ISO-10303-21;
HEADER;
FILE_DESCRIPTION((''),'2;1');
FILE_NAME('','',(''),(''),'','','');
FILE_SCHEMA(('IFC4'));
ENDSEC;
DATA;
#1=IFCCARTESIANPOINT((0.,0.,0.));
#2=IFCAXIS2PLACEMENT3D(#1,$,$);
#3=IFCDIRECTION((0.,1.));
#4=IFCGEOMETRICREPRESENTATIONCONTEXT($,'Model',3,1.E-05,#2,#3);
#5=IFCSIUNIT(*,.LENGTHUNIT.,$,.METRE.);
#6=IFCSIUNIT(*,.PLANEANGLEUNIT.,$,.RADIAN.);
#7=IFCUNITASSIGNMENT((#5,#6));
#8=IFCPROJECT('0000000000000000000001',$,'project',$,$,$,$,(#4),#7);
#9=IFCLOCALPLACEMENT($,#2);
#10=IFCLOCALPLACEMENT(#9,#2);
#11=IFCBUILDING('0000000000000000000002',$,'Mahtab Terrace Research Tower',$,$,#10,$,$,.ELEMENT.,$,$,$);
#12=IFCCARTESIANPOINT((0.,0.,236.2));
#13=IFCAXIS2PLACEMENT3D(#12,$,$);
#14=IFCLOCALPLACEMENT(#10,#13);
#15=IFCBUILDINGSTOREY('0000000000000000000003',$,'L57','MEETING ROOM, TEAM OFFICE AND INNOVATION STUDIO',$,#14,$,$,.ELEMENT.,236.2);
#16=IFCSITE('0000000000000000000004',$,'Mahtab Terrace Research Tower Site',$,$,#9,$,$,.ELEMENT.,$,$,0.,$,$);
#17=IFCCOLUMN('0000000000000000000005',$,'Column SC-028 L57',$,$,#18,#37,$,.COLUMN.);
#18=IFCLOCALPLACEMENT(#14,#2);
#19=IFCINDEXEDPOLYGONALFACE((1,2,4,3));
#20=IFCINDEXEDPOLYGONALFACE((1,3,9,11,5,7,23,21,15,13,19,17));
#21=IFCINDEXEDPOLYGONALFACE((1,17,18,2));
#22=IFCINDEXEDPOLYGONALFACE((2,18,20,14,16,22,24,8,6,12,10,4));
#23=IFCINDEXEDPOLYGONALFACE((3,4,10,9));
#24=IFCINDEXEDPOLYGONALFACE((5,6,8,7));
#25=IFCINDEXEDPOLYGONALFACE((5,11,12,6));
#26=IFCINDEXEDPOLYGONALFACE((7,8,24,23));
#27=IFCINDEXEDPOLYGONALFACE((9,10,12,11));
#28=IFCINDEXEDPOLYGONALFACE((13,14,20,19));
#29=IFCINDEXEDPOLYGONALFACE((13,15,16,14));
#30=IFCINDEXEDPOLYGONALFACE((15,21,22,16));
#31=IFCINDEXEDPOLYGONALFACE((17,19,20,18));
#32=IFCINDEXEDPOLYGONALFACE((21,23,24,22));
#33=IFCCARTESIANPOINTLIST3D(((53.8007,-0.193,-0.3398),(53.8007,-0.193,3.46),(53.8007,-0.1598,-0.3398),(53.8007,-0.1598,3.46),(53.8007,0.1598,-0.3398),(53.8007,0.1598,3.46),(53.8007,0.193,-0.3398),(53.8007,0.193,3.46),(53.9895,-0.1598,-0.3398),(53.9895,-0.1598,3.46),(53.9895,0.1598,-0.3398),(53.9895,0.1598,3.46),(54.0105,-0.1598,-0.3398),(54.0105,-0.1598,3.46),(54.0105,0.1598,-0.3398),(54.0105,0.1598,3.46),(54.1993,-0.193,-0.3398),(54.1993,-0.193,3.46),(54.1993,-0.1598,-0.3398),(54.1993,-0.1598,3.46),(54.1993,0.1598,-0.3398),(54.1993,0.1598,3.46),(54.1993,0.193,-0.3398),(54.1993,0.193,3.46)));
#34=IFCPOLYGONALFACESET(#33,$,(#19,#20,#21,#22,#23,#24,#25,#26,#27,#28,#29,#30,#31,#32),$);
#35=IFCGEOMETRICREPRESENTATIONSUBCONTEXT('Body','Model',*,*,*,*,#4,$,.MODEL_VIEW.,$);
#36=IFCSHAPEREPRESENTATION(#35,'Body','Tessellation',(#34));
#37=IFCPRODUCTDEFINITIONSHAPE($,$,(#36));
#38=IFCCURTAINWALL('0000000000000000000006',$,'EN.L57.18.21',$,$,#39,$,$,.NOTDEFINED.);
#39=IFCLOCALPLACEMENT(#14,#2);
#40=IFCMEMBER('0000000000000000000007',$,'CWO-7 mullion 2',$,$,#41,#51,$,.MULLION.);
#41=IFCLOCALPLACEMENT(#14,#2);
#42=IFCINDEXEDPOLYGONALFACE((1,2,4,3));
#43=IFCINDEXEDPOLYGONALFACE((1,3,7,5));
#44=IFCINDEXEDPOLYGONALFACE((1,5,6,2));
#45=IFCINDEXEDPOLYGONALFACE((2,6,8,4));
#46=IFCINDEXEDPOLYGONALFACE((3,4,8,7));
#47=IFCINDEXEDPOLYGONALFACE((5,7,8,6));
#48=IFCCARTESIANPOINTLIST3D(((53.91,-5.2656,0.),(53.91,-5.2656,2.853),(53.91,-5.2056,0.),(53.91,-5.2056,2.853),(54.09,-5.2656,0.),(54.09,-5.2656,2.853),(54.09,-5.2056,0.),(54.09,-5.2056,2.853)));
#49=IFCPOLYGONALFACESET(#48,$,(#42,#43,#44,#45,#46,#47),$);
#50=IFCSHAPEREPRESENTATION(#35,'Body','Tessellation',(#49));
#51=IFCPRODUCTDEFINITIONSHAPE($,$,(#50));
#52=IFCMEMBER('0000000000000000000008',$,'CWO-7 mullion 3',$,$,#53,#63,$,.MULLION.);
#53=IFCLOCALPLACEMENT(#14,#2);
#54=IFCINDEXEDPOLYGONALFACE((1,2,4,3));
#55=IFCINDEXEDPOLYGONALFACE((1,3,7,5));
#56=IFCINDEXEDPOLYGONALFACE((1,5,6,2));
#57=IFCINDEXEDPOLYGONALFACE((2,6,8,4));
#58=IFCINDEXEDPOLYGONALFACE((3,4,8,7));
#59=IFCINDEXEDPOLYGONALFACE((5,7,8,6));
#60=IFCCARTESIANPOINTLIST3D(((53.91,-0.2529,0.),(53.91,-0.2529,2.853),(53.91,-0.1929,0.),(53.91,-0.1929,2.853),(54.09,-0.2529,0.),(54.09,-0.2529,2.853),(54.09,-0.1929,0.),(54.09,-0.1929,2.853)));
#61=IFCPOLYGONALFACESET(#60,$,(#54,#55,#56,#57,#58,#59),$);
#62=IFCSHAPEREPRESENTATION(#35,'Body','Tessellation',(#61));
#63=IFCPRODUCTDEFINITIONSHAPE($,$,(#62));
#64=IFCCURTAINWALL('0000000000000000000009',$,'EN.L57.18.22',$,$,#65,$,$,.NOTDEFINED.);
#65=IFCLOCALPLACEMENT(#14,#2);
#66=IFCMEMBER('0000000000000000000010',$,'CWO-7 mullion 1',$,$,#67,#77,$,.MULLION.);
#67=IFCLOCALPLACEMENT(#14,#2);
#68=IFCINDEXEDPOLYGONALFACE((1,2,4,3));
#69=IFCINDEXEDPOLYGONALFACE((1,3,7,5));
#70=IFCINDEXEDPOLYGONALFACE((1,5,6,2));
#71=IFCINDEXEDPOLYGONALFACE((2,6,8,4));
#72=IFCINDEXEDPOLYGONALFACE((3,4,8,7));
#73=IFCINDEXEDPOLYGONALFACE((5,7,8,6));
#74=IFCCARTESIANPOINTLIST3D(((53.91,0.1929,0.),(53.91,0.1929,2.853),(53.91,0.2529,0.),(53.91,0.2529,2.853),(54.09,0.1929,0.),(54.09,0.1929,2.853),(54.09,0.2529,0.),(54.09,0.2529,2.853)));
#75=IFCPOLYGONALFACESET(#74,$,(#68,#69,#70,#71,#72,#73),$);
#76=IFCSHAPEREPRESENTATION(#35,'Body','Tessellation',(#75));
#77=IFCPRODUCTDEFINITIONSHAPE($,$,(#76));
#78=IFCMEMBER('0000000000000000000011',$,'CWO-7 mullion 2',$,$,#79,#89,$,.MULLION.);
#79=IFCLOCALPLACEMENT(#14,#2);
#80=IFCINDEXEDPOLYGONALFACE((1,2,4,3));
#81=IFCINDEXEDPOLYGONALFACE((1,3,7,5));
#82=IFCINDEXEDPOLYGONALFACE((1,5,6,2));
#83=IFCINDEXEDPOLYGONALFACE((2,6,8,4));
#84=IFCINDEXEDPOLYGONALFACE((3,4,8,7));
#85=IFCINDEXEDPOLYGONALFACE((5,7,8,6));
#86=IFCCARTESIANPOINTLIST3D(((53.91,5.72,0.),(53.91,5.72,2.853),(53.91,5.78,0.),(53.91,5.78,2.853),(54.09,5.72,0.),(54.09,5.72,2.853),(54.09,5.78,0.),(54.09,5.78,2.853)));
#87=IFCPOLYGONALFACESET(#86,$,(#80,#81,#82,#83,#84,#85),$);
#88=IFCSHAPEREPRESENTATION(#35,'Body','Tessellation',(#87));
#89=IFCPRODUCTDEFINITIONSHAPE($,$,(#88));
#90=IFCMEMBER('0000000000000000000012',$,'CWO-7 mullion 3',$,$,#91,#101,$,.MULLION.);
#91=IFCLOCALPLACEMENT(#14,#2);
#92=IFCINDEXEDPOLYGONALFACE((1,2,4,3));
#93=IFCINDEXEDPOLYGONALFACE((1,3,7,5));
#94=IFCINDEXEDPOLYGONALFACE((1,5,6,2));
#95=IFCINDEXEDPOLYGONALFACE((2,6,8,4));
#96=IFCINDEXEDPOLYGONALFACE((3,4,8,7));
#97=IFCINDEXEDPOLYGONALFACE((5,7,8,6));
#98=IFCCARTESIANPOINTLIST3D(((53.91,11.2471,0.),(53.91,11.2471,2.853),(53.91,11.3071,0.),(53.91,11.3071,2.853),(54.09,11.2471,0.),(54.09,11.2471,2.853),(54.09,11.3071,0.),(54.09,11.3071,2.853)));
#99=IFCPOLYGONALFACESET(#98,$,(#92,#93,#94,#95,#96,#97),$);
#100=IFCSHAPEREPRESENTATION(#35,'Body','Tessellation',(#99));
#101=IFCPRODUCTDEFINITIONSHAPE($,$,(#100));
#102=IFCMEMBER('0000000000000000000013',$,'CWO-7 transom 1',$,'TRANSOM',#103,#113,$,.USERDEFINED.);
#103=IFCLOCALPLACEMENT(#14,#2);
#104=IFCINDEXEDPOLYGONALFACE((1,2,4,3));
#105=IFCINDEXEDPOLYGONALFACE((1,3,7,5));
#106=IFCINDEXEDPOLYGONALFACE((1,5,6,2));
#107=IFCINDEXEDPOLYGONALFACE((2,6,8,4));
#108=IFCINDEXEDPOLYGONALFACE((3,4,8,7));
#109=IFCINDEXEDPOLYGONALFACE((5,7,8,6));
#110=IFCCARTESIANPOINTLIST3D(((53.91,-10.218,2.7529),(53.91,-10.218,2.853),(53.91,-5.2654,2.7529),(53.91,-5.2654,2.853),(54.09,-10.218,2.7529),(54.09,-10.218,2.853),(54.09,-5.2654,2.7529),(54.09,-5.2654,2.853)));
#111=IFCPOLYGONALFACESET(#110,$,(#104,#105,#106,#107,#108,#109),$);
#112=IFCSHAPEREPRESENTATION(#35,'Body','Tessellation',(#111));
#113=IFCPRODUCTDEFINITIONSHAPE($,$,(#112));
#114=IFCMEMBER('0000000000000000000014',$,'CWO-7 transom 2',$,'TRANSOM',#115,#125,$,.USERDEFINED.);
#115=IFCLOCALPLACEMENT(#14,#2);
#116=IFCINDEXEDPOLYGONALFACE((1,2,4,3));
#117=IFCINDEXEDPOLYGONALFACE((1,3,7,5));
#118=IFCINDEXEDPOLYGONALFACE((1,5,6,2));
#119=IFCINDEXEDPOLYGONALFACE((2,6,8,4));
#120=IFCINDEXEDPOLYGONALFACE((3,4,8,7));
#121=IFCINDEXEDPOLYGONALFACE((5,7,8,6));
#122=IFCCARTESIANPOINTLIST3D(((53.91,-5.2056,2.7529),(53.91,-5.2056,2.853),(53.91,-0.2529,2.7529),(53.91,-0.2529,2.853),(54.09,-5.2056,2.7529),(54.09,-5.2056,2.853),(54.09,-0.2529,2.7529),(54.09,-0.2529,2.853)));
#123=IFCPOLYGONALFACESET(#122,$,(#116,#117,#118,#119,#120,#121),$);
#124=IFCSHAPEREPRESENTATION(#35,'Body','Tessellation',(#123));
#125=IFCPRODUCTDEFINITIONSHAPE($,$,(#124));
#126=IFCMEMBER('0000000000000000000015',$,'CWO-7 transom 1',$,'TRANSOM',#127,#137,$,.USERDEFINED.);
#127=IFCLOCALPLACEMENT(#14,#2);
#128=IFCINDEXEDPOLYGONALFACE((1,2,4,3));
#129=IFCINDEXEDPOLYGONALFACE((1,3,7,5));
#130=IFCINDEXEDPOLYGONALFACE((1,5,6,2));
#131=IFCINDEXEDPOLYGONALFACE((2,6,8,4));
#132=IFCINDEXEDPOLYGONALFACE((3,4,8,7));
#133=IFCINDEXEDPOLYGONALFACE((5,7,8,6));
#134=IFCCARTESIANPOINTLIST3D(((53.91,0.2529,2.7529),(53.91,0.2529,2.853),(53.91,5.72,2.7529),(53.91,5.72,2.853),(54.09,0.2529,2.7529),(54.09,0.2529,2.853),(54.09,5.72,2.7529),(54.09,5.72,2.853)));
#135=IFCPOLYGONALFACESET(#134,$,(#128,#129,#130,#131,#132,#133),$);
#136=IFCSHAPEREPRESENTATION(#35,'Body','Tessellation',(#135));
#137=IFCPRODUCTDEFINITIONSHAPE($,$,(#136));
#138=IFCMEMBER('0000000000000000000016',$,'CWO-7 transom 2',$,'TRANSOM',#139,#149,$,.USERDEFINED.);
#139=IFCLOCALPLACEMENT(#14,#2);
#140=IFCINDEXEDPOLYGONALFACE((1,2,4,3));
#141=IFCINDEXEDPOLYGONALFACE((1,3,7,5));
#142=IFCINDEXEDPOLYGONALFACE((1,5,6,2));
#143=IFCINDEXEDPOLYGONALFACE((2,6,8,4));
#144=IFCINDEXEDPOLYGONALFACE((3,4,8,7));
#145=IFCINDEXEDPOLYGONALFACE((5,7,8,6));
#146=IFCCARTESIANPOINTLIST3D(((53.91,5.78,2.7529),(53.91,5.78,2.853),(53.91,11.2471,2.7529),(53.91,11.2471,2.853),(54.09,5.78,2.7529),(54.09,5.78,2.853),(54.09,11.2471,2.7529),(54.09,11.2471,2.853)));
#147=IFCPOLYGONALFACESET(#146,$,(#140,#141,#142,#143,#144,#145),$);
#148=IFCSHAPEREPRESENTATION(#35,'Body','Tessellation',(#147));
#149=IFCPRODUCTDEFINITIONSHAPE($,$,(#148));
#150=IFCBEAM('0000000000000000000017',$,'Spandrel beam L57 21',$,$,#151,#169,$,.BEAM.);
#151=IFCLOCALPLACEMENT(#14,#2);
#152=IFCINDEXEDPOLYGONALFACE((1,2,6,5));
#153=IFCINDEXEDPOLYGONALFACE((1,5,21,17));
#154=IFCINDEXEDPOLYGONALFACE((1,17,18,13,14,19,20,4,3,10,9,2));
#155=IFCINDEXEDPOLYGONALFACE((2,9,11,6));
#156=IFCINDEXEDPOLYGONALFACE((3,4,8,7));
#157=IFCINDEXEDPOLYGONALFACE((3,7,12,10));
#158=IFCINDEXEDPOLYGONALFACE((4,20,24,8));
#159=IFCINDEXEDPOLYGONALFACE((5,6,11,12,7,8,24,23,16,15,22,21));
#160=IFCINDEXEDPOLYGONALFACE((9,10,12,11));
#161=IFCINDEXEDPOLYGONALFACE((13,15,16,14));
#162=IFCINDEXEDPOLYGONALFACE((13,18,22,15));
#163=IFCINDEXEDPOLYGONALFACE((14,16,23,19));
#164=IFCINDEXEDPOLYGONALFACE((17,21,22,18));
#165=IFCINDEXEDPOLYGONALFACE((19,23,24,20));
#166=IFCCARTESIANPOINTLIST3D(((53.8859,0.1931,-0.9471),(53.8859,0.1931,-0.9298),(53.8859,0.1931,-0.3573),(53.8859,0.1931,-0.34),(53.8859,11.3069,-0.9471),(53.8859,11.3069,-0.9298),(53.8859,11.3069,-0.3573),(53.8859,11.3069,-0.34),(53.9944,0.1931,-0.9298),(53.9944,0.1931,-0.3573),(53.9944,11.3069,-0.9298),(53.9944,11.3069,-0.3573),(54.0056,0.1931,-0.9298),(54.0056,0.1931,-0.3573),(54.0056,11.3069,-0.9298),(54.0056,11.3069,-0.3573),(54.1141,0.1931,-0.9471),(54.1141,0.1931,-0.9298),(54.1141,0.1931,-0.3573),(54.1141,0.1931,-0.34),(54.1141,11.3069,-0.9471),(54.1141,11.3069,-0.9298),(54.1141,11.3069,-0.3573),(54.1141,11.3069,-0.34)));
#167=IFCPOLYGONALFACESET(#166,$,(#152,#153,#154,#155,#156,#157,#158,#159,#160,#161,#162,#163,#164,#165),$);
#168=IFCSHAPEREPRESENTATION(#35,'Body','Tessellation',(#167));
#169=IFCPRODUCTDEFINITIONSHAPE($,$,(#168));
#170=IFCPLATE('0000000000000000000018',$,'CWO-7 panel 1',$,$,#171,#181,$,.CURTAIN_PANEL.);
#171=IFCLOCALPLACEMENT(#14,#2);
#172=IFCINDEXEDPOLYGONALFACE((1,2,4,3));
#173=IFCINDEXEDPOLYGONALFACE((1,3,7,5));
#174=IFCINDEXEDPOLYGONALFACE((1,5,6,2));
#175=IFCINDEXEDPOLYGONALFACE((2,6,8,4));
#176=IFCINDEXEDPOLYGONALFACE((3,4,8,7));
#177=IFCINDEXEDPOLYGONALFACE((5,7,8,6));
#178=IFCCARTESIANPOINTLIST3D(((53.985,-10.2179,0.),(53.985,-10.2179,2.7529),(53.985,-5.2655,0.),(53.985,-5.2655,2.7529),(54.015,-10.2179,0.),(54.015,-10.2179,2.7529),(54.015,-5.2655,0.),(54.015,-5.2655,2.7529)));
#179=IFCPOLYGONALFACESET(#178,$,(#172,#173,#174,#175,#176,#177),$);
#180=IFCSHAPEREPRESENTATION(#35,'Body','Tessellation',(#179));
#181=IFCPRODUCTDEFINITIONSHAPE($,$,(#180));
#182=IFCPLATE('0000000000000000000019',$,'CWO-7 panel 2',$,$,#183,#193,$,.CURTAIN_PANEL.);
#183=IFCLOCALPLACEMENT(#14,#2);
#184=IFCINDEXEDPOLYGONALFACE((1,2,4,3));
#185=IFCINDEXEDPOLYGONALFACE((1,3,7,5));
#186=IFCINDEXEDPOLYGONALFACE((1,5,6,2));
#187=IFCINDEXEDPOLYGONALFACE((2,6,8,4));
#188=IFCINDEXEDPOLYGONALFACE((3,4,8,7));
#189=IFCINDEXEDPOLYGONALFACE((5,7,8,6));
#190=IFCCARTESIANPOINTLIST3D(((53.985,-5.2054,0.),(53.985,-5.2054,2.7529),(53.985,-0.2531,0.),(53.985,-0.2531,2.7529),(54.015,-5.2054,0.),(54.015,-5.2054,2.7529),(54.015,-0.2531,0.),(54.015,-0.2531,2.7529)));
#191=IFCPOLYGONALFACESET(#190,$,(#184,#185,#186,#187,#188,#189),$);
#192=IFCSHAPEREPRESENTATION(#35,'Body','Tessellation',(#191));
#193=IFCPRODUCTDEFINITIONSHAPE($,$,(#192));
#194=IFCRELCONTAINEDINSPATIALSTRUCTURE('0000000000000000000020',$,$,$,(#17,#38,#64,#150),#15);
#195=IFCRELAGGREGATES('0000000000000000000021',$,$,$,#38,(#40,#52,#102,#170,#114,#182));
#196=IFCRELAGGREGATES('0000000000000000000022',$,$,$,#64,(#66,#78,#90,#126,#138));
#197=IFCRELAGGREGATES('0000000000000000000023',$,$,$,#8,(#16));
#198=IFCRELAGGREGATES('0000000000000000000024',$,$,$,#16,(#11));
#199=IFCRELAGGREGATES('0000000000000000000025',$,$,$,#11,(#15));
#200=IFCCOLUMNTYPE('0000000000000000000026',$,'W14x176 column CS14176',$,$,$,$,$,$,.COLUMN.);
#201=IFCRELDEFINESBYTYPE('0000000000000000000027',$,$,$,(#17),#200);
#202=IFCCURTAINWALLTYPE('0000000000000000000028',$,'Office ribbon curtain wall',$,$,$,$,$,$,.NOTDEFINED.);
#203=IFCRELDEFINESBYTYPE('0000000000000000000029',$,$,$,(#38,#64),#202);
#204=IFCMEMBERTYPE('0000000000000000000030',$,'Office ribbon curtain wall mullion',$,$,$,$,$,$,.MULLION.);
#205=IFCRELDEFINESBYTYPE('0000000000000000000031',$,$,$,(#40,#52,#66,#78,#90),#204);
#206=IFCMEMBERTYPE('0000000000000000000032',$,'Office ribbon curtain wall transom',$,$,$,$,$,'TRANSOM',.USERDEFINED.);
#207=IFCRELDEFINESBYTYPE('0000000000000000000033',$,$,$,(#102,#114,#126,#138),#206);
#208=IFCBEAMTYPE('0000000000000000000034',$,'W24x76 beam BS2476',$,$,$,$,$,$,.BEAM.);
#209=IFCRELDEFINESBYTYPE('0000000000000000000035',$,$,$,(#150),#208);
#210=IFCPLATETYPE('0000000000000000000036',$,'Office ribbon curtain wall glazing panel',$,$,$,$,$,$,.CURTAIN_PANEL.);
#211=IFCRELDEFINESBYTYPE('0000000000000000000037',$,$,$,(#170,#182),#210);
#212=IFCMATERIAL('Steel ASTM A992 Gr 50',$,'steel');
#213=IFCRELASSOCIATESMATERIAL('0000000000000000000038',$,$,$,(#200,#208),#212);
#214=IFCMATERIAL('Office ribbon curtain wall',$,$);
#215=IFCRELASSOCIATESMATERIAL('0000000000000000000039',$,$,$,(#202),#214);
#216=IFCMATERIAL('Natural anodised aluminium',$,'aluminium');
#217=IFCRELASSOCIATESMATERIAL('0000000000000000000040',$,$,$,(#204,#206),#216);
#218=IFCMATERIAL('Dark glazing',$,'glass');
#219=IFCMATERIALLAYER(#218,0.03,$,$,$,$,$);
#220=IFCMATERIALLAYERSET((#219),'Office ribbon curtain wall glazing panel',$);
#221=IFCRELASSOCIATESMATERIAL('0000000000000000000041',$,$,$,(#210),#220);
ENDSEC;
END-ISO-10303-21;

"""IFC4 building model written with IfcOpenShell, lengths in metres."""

from ifc_helpers import new_model, si_unit, direction, frame, origin, origin_2d, place, context, subcontext, project, spatial, rectangle, i_section, extrude, material, layer, layer_set, material_profile, profile_set, type_object, element, aggregate, save


model = new_model("IFC4")

# Units and contexts
model_context = context("Model", 3, precision=1e-05, world=origin(), true_north=direction((0.0, 1.0)))
body_context = subcontext(model_context, "Body", "Model", "MODEL_VIEW")
ifc_project = project(units=[si_unit("LENGTHUNIT", "METRE"), si_unit("PLANEANGLEUNIT", "RADIAN")], contexts=[model_context])

# Site, building, storey
site_placement = place(None, origin())
site = spatial("IfcSite", under=ifc_project, at=site_placement, Name="Mahtab Terrace Research Tower Site", CompositionType="ELEMENT", RefElevation=0.0)
building_placement = place(site_placement, origin())
building = spatial("IfcBuilding", under=site, at=building_placement, Name="Mahtab Terrace Research Tower", CompositionType="ELEMENT")
storey_placement = place(building_placement, frame((0.0, 0.0, 236.2)))
storey = spatial("IfcBuildingStorey", under=building, at=storey_placement, Name="L57", Description="MEETING ROOM, TEAM OFFICE AND INNOVATION STUDIO", CompositionType="ELEMENT", Elevation=236.2)

# Column
ifc_material_1 = material(Name="Steel ASTM A992 Gr 50", Category="steel")
ifc_material_profile_1 = material_profile(ifc_material_1, i_section(OverallWidth=0.3987, OverallDepth=0.386, WebThickness=0.021, FlangeThickness=0.0332, at=origin_2d()), Name="W14X176")
ifc_profile_set_1 = profile_set([ifc_material_profile_1], Name="Steel ASTM A992 Gr 50")
column_type = type_object("IfcColumnType", Name="W14x176 column CS14176", PredefinedType="COLUMN", material=ifc_profile_set_1)
column_placement = place(storey_placement, frame((54.0, 0.0, -0.3398), z_axis=(0.0, 0.0, 1.0), x_axis=(1.0, 0.0, 0.0)))
element("IfcColumn", 1, at=column_placement, inside=storey, type_object=column_type, Name="Column SC-028 L57", PredefinedType="COLUMN", context=body_context, shape_type="SweptSolid", body=[
    extrude(i_section(OverallWidth=0.3987, OverallDepth=0.386, WebThickness=0.021, FlangeThickness=0.0332, at=origin_2d()), origin(), (0.0, 0.0, 1.0), 3.7998),
])

# Curtain walls, members
ifc_material_2 = material(Name="Office ribbon curtain wall")
curtain_wall_type = type_object("IfcCurtainWallType", Name="Office ribbon curtain wall", PredefinedType="NOTDEFINED", material=ifc_material_2)
curtain_wall_1_placement = place(storey_placement, origin())
curtain_wall_1 = element("IfcCurtainWall", 2, at=curtain_wall_1_placement, inside=storey, type_object=curtain_wall_type, Name="EN.L57.18.21", PredefinedType="NOTDEFINED")
ifc_material_3 = material(Name="Natural anodised aluminium", Category="aluminium")
ifc_material_profile_2 = material_profile(ifc_material_3, rectangle(XDim=0.1799, YDim=0.0601, at=origin_2d()), Name="MULLION 60x180")
ifc_profile_set_2 = profile_set([ifc_material_profile_2], Name="Natural anodised aluminium")
member_type_1 = type_object("IfcMemberType", Name="Office ribbon curtain wall mullion", PredefinedType="MULLION", material=ifc_profile_set_2)
member_1_placement = place(storey_placement, frame((54.0, -5.2356, 0.0), z_axis=(0.0, 0.0, 1.0), x_axis=(-1.0, 0.0, 0.0)))
member_1 = element("IfcMember", 3, at=member_1_placement, type_object=member_type_1, Name="CWO-7 mullion 2", PredefinedType="MULLION", context=body_context, shape_type="SweptSolid", body=[
    extrude(rectangle(XDim=0.1799, YDim=0.0601, at=origin_2d()), origin(), (0.0, 0.0, 1.0), 2.853),
])
member_2_placement = place(storey_placement, frame((54.0, -0.2229, 0.0), z_axis=(0.0, 0.0, 1.0), x_axis=(-1.0, 0.0, 0.0)))
member_2 = element("IfcMember", 4, at=member_2_placement, type_object=member_type_1, Name="CWO-7 mullion 3", PredefinedType="MULLION", context=body_context, shape_type="SweptSolid", body=[
    extrude(rectangle(XDim=0.1799, YDim=0.0601, at=origin_2d()), origin(), (0.0, 0.0, 1.0), 2.853),
])
curtain_wall_2_placement = place(storey_placement, origin())
curtain_wall_2 = element("IfcCurtainWall", 5, at=curtain_wall_2_placement, inside=storey, type_object=curtain_wall_type, Name="EN.L57.18.22", PredefinedType="NOTDEFINED")
member_3_placement = place(storey_placement, frame((54.0, 0.2229, 0.0), z_axis=(0.0, 0.0, 1.0), x_axis=(-1.0, 0.0, 0.0)))
member_3 = element("IfcMember", 6, at=member_3_placement, type_object=member_type_1, Name="CWO-7 mullion 1", PredefinedType="MULLION", context=body_context, shape_type="SweptSolid", body=[
    extrude(rectangle(XDim=0.1799, YDim=0.0601, at=origin_2d()), origin(), (0.0, 0.0, 1.0), 2.853),
])
member_4_placement = place(storey_placement, frame((54.0, 5.75, 0.0), z_axis=(0.0, 0.0, 1.0), x_axis=(-1.0, 0.0, 0.0)))
member_4 = element("IfcMember", 7, at=member_4_placement, type_object=member_type_1, Name="CWO-7 mullion 2", PredefinedType="MULLION", context=body_context, shape_type="SweptSolid", body=[
    extrude(rectangle(XDim=0.1799, YDim=0.0601, at=origin_2d()), origin(), (0.0, 0.0, 1.0), 2.853),
])
member_5_placement = place(storey_placement, frame((54.0, 11.2771, 0.0), z_axis=(0.0, 0.0, 1.0), x_axis=(-1.0, 0.0, 0.0)))
member_5 = element("IfcMember", 8, at=member_5_placement, type_object=member_type_1, Name="CWO-7 mullion 3", PredefinedType="MULLION", context=body_context, shape_type="SweptSolid", body=[
    extrude(rectangle(XDim=0.1799, YDim=0.0601, at=origin_2d()), origin(), (0.0, 0.0, 1.0), 2.853),
])

# Members
ifc_material_profile_3 = material_profile(ifc_material_3, rectangle(XDim=0.1799, YDim=0.1001, at=origin_2d()), Name="TRANSOM 100x180")
ifc_profile_set_3 = profile_set([ifc_material_profile_3], Name="Natural anodised aluminium")
member_type_2 = type_object("IfcMemberType", Name="Office ribbon curtain wall transom", ElementType="TRANSOM", PredefinedType="USERDEFINED", material=ifc_profile_set_3)
member_6_placement = place(storey_placement, frame((54.0, -10.218, 2.803), z_axis=(0.0, 1.0, 0.0), x_axis=(-1.0, 0.0, 0.0)))
member_6 = element("IfcMember", 9, at=member_6_placement, type_object=member_type_2, Name="CWO-7 transom 1", ObjectType="TRANSOM", PredefinedType="USERDEFINED", context=body_context, shape_type="SweptSolid", body=[
    extrude(rectangle(XDim=0.1799, YDim=0.1001, at=origin_2d()), origin(), (0.0, 0.0, 1.0), 4.9526),
])
member_7_placement = place(storey_placement, frame((54.0, -5.2056, 2.803), z_axis=(0.0, 1.0, 0.0), x_axis=(-1.0, 0.0, 0.0)))
member_7 = element("IfcMember", 10, at=member_7_placement, type_object=member_type_2, Name="CWO-7 transom 2", ObjectType="TRANSOM", PredefinedType="USERDEFINED", context=body_context, shape_type="SweptSolid", body=[
    extrude(rectangle(XDim=0.1799, YDim=0.1001, at=origin_2d()), origin(), (0.0, 0.0, 1.0), 4.9526),
])
member_8_placement = place(storey_placement, frame((54.0, 0.2529, 2.803), z_axis=(0.0, 1.0, 0.0), x_axis=(-1.0, 0.0, 0.0)))
member_8 = element("IfcMember", 11, at=member_8_placement, type_object=member_type_2, Name="CWO-7 transom 1", ObjectType="TRANSOM", PredefinedType="USERDEFINED", context=body_context, shape_type="SweptSolid", body=[
    extrude(rectangle(XDim=0.1799, YDim=0.1001, at=origin_2d()), origin(), (0.0, 0.0, 1.0), 5.467),
])
member_9_placement = place(storey_placement, frame((54.0, 5.78, 2.803), z_axis=(0.0, 1.0, 0.0), x_axis=(-1.0, 0.0, 0.0)))
member_9 = element("IfcMember", 12, at=member_9_placement, type_object=member_type_2, Name="CWO-7 transom 2", ObjectType="TRANSOM", PredefinedType="USERDEFINED", context=body_context, shape_type="SweptSolid", body=[
    extrude(rectangle(XDim=0.1799, YDim=0.1001, at=origin_2d()), origin(), (0.0, 0.0, 1.0), 5.467),
])

# Beam
ifc_material_profile_4 = material_profile(ifc_material_1, i_section(OverallWidth=0.2283, OverallDepth=0.6072, WebThickness=0.0112, FlangeThickness=0.0173, at=origin_2d()), Name="W24X76")
ifc_profile_set_4 = profile_set([ifc_material_profile_4], Name="Steel ASTM A992 Gr 50")
beam_type = type_object("IfcBeamType", Name="W24x76 beam BS2476", PredefinedType="BEAM", material=ifc_profile_set_4)
beam_placement = place(storey_placement, frame((54.0, 0.1931, -0.6436), z_axis=(0.0, 1.0, 0.0), x_axis=(-1.0, 0.0, 0.0)))
element("IfcBeam", 13, at=beam_placement, inside=storey, type_object=beam_type, Name="Spandrel beam L57 21", PredefinedType="BEAM", context=body_context, shape_type="SweptSolid", body=[
    extrude(i_section(OverallWidth=0.2283, OverallDepth=0.6072, WebThickness=0.0112, FlangeThickness=0.0173, at=origin_2d()), origin(), (0.0, 0.0, 1.0), 11.1138),
])

# Plates
ifc_material_4 = material(Name="Dark glazing", Category="glass")
ifc_layer = layer(ifc_material_4, 0.03)
ifc_layer_set = layer_set([ifc_layer], Name="Office ribbon curtain wall glazing panel")
plate_type = type_object("IfcPlateType", Name="Office ribbon curtain wall glazing panel", PredefinedType="CURTAIN_PANEL", material=ifc_layer_set)
plate_1_placement = place(storey_placement, frame((54.0, -7.7417, 0.0), z_axis=(0.0, 0.0, 1.0), x_axis=(0.0, 1.0, 0.0)))
plate_1 = element("IfcPlate", 14, at=plate_1_placement, type_object=plate_type, Name="CWO-7 panel 1", PredefinedType="CURTAIN_PANEL", context=body_context, shape_type="SweptSolid", body=[
    extrude(rectangle(XDim=4.9524, YDim=0.03, at=origin_2d()), origin(), (0.0, 0.0, 1.0), 2.7529),
])
plate_2_placement = place(storey_placement, frame((54.0, -2.7292, 0.0), z_axis=(0.0, 0.0, 1.0), x_axis=(0.0, 1.0, 0.0)))
plate_2 = element("IfcPlate", 15, at=plate_2_placement, type_object=plate_type, Name="CWO-7 panel 2", PredefinedType="CURTAIN_PANEL", context=body_context, shape_type="SweptSolid", body=[
    extrude(rectangle(XDim=4.9524, YDim=0.03, at=origin_2d()), origin(), (0.0, 0.0, 1.0), 2.7529),
])
aggregate(curtain_wall_1, [member_1, member_2, member_6, plate_1, member_7, plate_2])
aggregate(curtain_wall_2, [member_3, member_4, member_5, member_8, member_9])

save(model, "model.ifc")
